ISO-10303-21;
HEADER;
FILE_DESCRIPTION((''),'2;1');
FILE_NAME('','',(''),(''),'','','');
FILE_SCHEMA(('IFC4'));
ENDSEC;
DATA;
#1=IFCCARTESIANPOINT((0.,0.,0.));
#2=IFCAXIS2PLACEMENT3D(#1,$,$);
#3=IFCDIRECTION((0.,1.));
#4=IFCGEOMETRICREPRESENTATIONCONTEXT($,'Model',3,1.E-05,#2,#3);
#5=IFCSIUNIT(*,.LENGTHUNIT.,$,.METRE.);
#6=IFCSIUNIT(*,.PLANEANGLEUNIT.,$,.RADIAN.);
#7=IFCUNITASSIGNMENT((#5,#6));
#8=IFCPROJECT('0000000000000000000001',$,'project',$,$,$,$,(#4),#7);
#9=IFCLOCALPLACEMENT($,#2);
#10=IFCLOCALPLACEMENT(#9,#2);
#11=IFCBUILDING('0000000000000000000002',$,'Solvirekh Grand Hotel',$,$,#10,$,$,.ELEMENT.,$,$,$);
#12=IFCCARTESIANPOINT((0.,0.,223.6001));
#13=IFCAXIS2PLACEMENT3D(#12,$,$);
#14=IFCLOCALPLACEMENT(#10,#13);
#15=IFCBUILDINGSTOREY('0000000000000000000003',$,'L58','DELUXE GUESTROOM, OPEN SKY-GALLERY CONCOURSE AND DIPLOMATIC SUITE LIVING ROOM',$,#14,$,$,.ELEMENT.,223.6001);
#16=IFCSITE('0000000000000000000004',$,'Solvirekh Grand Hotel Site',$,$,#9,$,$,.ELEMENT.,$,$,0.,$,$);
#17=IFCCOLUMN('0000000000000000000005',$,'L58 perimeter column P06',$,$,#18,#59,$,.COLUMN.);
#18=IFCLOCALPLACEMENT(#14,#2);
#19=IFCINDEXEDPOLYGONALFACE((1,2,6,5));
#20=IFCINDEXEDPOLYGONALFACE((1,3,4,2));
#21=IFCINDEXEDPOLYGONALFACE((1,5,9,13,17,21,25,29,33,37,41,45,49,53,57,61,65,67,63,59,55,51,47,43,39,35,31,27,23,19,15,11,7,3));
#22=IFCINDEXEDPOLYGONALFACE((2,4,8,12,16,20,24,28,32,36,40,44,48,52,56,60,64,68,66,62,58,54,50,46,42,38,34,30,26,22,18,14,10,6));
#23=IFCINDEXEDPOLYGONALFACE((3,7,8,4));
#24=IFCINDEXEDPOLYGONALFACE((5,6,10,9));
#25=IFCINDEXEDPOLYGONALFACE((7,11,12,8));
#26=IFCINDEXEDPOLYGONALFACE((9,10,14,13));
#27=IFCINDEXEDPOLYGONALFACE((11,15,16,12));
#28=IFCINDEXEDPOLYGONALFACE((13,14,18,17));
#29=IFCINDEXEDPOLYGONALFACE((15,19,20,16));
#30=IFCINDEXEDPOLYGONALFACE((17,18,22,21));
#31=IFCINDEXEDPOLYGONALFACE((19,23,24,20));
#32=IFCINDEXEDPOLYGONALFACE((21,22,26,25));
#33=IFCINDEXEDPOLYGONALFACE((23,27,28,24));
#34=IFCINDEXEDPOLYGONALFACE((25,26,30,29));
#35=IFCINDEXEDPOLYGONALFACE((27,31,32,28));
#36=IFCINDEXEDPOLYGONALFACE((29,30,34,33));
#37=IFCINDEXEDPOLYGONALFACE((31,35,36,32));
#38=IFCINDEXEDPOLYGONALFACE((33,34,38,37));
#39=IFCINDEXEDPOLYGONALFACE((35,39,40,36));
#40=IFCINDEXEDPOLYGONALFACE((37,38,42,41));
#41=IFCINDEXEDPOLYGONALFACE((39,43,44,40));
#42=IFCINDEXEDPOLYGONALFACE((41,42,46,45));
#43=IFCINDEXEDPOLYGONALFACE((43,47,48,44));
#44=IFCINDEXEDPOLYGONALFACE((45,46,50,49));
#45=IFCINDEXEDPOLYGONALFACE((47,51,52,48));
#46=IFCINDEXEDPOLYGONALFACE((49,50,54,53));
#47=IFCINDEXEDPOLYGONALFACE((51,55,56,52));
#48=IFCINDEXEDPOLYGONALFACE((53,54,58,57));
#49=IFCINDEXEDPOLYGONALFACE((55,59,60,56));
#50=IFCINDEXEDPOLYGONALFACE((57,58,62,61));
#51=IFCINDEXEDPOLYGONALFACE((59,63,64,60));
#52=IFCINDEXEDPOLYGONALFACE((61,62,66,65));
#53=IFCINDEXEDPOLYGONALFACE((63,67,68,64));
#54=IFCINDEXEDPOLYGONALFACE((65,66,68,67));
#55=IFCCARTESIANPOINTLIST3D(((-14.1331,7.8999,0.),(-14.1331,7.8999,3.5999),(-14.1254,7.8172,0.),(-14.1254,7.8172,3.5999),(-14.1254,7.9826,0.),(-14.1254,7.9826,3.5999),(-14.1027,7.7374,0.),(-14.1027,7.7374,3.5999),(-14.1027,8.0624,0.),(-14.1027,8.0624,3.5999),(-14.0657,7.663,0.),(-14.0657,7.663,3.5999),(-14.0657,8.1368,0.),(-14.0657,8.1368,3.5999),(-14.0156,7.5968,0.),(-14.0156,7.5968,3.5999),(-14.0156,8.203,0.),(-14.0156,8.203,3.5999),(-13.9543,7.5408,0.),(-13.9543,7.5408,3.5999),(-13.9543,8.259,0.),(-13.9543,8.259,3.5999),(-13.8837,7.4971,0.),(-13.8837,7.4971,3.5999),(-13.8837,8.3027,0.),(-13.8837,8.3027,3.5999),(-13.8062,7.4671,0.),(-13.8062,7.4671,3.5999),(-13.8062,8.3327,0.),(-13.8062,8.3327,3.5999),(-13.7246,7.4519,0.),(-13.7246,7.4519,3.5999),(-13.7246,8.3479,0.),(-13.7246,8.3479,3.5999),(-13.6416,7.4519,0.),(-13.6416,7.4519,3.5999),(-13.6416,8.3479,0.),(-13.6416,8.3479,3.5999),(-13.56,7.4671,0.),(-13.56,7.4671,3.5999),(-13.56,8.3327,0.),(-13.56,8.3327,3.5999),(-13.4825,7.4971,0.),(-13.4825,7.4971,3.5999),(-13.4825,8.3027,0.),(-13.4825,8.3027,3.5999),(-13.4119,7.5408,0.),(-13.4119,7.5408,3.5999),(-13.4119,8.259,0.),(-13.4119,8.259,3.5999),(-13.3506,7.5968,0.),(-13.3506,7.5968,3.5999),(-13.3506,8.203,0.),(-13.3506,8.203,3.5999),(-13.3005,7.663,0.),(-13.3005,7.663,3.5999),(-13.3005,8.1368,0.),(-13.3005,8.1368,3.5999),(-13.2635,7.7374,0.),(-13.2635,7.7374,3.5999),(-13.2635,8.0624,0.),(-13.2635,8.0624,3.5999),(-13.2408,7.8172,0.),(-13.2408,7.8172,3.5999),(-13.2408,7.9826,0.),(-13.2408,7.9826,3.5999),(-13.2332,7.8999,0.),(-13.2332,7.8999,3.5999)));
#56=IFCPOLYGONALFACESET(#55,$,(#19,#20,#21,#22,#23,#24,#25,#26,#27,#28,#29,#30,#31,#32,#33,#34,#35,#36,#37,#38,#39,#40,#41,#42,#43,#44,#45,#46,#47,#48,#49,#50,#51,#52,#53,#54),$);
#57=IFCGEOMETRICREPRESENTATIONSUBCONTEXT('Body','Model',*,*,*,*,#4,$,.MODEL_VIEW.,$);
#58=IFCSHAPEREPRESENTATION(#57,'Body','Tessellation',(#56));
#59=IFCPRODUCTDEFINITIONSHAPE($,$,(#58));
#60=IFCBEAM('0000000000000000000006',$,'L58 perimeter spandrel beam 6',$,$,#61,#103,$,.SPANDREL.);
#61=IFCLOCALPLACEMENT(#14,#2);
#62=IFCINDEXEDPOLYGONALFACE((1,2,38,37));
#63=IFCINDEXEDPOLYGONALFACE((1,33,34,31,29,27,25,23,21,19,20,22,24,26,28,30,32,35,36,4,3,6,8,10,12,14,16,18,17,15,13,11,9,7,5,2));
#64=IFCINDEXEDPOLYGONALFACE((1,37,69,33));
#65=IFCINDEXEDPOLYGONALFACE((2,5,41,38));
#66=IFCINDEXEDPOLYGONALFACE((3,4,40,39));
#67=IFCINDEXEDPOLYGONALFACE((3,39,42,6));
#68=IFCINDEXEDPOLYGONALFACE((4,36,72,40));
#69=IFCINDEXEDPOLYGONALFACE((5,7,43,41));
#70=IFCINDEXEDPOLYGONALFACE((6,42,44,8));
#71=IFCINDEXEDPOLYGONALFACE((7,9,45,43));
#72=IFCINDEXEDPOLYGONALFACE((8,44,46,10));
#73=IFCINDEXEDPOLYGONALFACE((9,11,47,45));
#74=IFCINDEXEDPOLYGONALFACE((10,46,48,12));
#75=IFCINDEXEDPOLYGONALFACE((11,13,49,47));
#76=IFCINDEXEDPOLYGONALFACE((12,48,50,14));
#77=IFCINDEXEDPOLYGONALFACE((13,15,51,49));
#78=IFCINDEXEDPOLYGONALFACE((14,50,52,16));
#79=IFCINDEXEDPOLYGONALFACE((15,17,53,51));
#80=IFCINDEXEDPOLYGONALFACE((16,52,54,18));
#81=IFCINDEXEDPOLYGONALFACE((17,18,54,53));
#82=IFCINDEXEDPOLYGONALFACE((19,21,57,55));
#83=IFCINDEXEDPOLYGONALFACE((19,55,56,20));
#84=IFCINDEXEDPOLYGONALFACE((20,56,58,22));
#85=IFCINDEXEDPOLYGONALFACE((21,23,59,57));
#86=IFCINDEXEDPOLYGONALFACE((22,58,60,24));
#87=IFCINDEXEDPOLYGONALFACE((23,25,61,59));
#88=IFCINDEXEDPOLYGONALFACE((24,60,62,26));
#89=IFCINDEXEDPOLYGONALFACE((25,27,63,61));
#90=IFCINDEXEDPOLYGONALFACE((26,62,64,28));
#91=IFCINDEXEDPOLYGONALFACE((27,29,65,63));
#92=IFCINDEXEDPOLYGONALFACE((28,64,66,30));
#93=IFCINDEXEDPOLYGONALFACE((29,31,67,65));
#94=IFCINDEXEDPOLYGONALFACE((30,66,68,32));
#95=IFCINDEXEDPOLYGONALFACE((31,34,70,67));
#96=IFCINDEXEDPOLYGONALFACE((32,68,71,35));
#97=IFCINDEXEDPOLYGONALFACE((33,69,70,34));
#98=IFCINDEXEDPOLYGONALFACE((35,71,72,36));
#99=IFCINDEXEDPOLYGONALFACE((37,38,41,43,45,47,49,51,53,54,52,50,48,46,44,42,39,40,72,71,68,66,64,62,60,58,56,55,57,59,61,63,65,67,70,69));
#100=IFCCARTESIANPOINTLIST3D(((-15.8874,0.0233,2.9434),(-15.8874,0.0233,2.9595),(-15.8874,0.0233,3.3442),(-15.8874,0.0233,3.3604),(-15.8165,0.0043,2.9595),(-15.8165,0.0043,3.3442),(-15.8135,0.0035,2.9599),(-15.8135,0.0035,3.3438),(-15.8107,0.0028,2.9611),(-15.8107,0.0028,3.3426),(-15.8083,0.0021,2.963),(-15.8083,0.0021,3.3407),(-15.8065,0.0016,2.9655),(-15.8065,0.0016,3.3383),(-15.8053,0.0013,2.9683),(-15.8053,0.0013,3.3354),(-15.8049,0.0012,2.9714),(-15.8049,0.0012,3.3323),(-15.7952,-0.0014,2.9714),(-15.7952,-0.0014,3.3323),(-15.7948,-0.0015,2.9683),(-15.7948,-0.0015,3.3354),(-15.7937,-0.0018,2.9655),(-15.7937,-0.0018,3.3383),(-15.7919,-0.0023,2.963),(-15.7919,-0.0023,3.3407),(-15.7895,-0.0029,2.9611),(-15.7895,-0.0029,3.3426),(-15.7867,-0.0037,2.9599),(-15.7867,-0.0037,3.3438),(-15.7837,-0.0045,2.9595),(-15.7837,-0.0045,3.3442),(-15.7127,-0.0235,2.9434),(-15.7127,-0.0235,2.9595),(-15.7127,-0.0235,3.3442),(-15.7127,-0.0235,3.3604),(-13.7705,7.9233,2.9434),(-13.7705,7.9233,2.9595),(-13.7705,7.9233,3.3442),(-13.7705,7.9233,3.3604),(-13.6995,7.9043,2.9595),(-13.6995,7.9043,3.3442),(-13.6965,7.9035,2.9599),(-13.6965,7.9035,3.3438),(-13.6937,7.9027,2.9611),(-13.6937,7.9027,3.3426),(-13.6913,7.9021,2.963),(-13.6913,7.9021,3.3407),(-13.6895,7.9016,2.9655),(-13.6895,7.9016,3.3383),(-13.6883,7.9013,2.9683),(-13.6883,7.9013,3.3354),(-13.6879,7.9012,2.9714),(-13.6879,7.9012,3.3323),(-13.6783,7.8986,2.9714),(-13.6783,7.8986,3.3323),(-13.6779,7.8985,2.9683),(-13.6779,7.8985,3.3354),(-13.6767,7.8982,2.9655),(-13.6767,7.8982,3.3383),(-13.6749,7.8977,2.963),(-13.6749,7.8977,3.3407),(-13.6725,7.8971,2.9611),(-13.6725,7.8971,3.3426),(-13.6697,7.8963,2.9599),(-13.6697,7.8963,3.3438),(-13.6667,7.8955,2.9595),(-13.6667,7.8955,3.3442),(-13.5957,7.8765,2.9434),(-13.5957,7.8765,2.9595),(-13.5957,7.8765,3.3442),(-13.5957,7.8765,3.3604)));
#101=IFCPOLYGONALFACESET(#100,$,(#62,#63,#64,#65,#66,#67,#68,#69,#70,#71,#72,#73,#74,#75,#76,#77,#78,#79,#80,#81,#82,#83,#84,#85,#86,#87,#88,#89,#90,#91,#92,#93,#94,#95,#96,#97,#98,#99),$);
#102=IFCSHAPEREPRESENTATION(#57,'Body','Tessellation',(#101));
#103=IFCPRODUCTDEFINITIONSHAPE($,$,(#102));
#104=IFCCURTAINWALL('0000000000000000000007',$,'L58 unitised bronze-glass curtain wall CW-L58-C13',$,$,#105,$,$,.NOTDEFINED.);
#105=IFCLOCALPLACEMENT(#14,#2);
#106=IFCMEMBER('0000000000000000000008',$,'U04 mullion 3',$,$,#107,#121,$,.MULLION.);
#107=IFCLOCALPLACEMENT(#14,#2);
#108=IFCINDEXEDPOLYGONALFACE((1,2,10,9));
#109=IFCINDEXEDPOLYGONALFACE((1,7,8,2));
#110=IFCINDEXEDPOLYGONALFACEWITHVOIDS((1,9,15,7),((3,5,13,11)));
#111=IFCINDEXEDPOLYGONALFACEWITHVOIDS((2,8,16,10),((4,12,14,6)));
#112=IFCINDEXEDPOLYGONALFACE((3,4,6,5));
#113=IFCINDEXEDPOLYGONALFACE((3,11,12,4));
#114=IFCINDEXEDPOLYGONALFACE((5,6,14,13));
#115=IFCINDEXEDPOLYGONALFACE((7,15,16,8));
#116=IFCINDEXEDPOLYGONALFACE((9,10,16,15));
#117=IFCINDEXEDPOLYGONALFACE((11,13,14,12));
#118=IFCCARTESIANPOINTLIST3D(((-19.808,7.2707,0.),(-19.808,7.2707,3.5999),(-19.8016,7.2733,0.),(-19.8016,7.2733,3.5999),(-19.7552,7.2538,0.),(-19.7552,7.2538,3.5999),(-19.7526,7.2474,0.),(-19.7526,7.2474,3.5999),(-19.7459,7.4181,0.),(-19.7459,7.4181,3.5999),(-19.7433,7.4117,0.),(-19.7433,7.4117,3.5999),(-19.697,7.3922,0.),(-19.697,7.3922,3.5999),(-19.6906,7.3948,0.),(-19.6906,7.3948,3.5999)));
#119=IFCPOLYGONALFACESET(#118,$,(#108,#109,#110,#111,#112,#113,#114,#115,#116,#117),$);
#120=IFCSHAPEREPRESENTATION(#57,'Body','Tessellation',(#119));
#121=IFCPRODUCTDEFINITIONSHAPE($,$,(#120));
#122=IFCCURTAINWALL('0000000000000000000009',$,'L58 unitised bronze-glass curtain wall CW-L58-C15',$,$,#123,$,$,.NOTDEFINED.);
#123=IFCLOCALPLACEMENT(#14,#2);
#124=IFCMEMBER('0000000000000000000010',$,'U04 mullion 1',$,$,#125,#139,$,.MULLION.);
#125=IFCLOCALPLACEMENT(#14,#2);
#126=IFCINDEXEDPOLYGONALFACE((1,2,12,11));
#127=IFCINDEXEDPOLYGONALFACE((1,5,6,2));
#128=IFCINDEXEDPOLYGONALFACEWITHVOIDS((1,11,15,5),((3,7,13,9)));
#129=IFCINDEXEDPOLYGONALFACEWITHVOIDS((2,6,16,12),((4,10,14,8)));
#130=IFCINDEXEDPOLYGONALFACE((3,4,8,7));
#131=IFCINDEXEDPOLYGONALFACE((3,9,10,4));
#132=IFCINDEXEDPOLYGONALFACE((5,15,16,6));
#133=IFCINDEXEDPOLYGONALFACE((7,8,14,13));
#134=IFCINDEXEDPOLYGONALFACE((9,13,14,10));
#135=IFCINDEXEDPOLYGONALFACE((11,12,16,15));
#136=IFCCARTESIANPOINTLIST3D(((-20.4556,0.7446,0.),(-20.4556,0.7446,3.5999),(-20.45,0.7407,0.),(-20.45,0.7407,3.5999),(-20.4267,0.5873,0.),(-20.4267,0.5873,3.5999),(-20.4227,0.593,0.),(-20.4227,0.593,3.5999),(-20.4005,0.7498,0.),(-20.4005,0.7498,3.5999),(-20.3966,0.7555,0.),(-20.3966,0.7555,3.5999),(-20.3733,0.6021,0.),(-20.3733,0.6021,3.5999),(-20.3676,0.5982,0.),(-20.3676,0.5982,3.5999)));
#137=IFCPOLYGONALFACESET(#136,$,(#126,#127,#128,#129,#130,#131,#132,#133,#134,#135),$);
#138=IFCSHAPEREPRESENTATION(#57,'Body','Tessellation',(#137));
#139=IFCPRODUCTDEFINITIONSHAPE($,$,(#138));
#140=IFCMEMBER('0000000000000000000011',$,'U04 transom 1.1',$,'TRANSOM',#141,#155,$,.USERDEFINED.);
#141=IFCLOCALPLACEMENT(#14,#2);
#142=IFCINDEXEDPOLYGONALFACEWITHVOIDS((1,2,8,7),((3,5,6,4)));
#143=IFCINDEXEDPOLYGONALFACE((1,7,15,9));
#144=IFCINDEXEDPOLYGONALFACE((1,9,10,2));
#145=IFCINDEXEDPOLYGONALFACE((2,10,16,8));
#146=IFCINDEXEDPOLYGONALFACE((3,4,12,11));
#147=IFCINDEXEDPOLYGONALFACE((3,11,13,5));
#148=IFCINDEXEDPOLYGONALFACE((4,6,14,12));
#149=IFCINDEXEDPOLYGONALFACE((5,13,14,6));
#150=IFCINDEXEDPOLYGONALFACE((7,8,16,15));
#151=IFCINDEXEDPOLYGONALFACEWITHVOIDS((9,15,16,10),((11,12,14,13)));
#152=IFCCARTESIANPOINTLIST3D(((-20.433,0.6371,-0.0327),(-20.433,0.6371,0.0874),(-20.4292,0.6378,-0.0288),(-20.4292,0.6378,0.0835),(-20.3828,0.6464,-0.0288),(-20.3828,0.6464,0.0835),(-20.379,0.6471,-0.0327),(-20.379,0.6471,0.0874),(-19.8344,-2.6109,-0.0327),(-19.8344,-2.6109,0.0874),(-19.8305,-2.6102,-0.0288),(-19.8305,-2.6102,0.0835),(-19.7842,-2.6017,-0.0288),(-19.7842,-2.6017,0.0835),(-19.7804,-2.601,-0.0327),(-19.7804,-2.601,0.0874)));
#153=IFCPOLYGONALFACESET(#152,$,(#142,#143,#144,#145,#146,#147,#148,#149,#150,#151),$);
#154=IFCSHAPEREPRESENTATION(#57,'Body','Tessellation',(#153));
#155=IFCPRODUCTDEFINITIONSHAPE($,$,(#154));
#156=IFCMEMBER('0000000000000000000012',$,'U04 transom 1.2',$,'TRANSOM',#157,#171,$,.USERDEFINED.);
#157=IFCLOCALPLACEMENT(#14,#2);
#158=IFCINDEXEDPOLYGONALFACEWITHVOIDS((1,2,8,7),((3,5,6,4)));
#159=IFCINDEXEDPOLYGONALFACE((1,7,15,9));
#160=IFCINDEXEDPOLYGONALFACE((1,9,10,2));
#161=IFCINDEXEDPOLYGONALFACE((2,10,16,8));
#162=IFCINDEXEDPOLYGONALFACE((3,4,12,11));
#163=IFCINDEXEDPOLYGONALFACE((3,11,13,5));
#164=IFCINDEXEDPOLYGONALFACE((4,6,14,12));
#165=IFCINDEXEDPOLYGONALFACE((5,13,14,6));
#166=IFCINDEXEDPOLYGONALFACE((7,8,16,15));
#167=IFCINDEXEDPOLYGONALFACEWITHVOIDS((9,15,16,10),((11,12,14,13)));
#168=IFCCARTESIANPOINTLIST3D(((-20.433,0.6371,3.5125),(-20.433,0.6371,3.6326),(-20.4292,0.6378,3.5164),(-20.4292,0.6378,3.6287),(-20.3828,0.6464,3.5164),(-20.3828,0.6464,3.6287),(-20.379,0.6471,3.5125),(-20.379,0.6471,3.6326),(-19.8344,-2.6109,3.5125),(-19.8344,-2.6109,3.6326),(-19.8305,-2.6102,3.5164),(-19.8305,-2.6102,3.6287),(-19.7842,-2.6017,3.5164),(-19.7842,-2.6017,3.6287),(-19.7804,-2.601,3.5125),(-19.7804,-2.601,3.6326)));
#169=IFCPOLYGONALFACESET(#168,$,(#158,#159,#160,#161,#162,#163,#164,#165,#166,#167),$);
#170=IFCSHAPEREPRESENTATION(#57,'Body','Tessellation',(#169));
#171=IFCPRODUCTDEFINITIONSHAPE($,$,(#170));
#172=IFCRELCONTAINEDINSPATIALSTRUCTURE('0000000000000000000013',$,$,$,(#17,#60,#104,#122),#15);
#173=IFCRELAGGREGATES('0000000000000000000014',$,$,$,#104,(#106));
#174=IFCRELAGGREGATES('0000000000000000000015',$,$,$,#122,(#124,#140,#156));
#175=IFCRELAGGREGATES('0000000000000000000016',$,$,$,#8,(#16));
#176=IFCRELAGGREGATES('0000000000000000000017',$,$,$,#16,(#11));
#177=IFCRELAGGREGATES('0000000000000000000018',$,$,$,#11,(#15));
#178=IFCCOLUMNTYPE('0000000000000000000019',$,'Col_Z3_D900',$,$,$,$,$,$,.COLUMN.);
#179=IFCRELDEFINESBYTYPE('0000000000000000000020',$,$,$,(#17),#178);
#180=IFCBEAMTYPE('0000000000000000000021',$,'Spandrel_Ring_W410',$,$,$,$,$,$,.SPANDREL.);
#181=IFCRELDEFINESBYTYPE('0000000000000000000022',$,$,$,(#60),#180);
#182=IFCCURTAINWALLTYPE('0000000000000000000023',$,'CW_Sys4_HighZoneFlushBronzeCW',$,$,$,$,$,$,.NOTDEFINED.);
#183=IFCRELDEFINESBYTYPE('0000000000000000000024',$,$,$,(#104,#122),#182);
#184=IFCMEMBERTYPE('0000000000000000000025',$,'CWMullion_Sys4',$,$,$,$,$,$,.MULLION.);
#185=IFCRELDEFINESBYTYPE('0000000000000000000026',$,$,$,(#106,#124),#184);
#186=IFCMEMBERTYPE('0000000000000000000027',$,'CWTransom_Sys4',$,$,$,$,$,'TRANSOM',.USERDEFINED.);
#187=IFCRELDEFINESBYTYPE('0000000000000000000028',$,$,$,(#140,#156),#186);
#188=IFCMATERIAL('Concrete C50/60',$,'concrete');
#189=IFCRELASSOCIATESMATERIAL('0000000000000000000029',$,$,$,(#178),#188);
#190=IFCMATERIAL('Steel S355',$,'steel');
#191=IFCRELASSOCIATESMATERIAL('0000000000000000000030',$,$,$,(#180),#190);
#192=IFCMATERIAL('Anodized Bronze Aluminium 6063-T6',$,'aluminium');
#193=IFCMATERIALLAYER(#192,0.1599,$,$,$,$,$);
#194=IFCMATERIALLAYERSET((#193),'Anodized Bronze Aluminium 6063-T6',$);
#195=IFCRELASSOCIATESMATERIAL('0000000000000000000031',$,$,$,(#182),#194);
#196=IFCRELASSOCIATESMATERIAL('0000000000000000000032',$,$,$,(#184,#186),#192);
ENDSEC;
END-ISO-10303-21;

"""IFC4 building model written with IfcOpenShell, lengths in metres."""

from ifc_helpers import new_model, si_unit, direction, frame, origin, origin_2d, place, context, subcontext, project, spatial, hollow_rectangle, circle, i_section, extrude, source, transform, mapped, material, layer, layer_set, material_profile, profile_set, type_object, element, aggregate, save


model = new_model("IFC4")

# Units and contexts
model_context = context("Model", 3, precision=1e-05, world=origin(), true_north=direction((0.0, 1.0)))
body_context = subcontext(model_context, "Body", "Model", "MODEL_VIEW")
ifc_project = project(units=[si_unit("LENGTHUNIT", "METRE"), si_unit("PLANEANGLEUNIT", "RADIAN")], contexts=[model_context])

# Site, building, storey
site_placement = place(None, origin())
site = spatial("IfcSite", under=ifc_project, at=site_placement, Name="Solvirekh Grand Hotel Site", CompositionType="ELEMENT", RefElevation=0.0)
building_placement = place(site_placement, origin())
building = spatial("IfcBuilding", under=site, at=building_placement, Name="Solvirekh Grand Hotel", CompositionType="ELEMENT")
storey_placement = place(building_placement, frame((0.0, 0.0, 223.6001)))
storey = spatial("IfcBuildingStorey", under=building, at=storey_placement, Name="L58", Description="DELUXE GUESTROOM, OPEN SKY-GALLERY CONCOURSE AND DIPLOMATIC SUITE LIVING ROOM", CompositionType="ELEMENT", Elevation=223.6001)

# Column
ifc_material_1 = material(Name="Concrete C50/60", Category="concrete")
ifc_material_profile_1 = material_profile(ifc_material_1, circle(Radius=0.45, at=origin_2d()), Name="RC CIRC D900")
ifc_profile_set_1 = profile_set([ifc_material_profile_1], Name="Concrete C50/60")
column_type = type_object("IfcColumnType", Name="Col_Z3_D900", PredefinedType="COLUMN", material=ifc_profile_set_1)
column_placement = place(storey_placement, frame((-13.6831, 7.8999, 0.0), z_axis=(0.0, 0.0, 1.0), x_axis=(1.0, 0.0, 0.0)))
element("IfcColumn", 1, at=column_placement, inside=storey, type_object=column_type, Name="L58 perimeter column P06", PredefinedType="COLUMN", context=body_context, shape_type="SweptSolid", body=[
    extrude(circle(Radius=0.45, at=origin_2d()), origin(), (0.0, 0.0, 1.0), 3.5999),
])

# Beam
ifc_material_2 = material(Name="Steel S355", Category="steel")
ifc_material_profile_2 = material_profile(ifc_material_2, i_section(OverallWidth=0.1809, OverallDepth=0.417, WebThickness=0.01, FlangeThickness=0.0161, FilletRadius=0.012, at=origin_2d()), Name="W410X85")
ifc_profile_set_2 = profile_set([ifc_material_profile_2], Name="Steel S355")
beam_type = type_object("IfcBeamType", Name="Spandrel_Ring_W410", PredefinedType="SPANDREL", material=ifc_profile_set_2)
beam_placement = place(storey_placement, frame((-13.6831, 7.8999, 3.1519), z_axis=(-0.258839, -0.965921, 0.0), x_axis=(0.965921, -0.258839, 0.0)))
element("IfcBeam", 2, at=beam_placement, inside=storey, type_object=beam_type, Name="L58 perimeter spandrel beam 6", PredefinedType="SPANDREL", context=body_context, shape_type="SweptSolid", body=[
    extrude(i_section(OverallWidth=0.1809, OverallDepth=0.417, WebThickness=0.01, FlangeThickness=0.0161, FilletRadius=0.012, at=origin_2d()), origin(), (0.0, 0.0, 1.0), 8.1787),
])

# Curtain wall, member
ifc_material_3 = material(Name="Anodized Bronze Aluminium 6063-T6", Category="aluminium")
ifc_layer_1 = layer(ifc_material_3, 0.1599)
ifc_layer_set_1 = layer_set([ifc_layer_1], Name="Anodized Bronze Aluminium 6063-T6")
curtain_wall_type = type_object("IfcCurtainWallType", Name="CW_Sys4_HighZoneFlushBronzeCW", PredefinedType="NOTDEFINED", material=ifc_layer_set_1)
curtain_wall_1_placement = place(storey_placement, origin())
curtain_wall_1 = element("IfcCurtainWall", 3, at=curtain_wall_1_placement, inside=storey, type_object=curtain_wall_type, Name="L58 unitised bronze-glass curtain wall CW-L58-C13", PredefinedType="NOTDEFINED")
ifc_material_profile_3 = material_profile(ifc_material_3, hollow_rectangle(XDim=0.0601, YDim=0.1599, WallThickness=0.0049, at=origin_2d()), Name="ALU RHS 160X60X5")
ifc_profile_set_3 = profile_set([ifc_material_profile_3], Name="Anodized Bronze Aluminium 6063-T6")
member_type_1 = type_object("IfcMemberType", Name="CWMullion_Sys4", PredefinedType="MULLION", material=ifc_profile_set_3)
shared_shape_1 = source(origin(), body_context, "Body", "SweptSolid", [
    extrude(hollow_rectangle(XDim=0.0601, YDim=0.1599, WallThickness=0.0049, at=origin_2d()), origin(), (0.0, 0.0, 1.0), 3.5999),
])
member_1_placement = place(storey_placement, frame((-19.7493, 7.3328, 0.0), z_axis=(0.0, 0.0, 1.0), x_axis=(0.921724, -0.387847, 0.0)))
member_1 = element("IfcMember", 4, at=member_1_placement, type_object=member_type_1, Name="U04 mullion 3", PredefinedType="MULLION", context=body_context, shape_type="MappedRepresentation", body=[
    mapped(shared_shape_1, transform((0.0, 0.0, 0.0), x_axis=(1.0, 0.0, 0.0), y_axis=(0.0, 1.0, 0.0), z_axis=(0.0, 0.0, 1.0), scale=1.0)),
])
aggregate(curtain_wall_1, [member_1])

# Curtain wall, members
curtain_wall_2_placement = place(storey_placement, origin())
curtain_wall_2 = element("IfcCurtainWall", 5, at=curtain_wall_2_placement, inside=storey, type_object=curtain_wall_type, Name="L58 unitised bronze-glass curtain wall CW-L58-C15", PredefinedType="NOTDEFINED")
member_2_placement = place(storey_placement, frame((-20.4116, 0.6714, 0.0), z_axis=(0.0, 0.0, 1.0), x_axis=(0.983433, 0.181271, 0.0)))
member_2 = element("IfcMember", 6, at=member_2_placement, type_object=member_type_1, Name="U04 mullion 1", PredefinedType="MULLION", context=body_context, shape_type="MappedRepresentation", body=[
    mapped(shared_shape_1, transform((0.0, 0.0, 0.0), x_axis=(1.0, 0.0, 0.0), y_axis=(0.0, 1.0, 0.0), z_axis=(0.0, 0.0, 1.0), scale=1.0)),
])
ifc_material_profile_4 = material_profile(ifc_material_3, hollow_rectangle(XDim=0.0549, YDim=0.1201, WallThickness=0.0039, at=origin_2d()), Name="ALU RHS 120X55X4")
ifc_profile_set_4 = profile_set([ifc_material_profile_4], Name="Anodized Bronze Aluminium 6063-T6")
member_type_2 = type_object("IfcMemberType", Name="CWTransom_Sys4", ElementType="TRANSOM", PredefinedType="USERDEFINED", material=ifc_profile_set_4)
shared_shape_2 = source(origin(), body_context, "Body", "SweptSolid", [
    extrude(hollow_rectangle(XDim=0.0549, YDim=0.1201, WallThickness=0.0039, at=origin_2d()), origin(), (0.0, 0.0, 1.0), 3.3027),
])
member_3_placement = place(storey_placement, frame((-20.406, 0.6421, 0.0273), z_axis=(0.181253, -0.983437, 0.0), x_axis=(0.983437, 0.181253, 0.0)))
member_3 = element("IfcMember", 7, at=member_3_placement, type_object=member_type_2, Name="U04 transom 1.1", ObjectType="TRANSOM", PredefinedType="USERDEFINED", context=body_context, shape_type="MappedRepresentation", body=[
    mapped(shared_shape_2, transform((0.0, 0.0, 0.0), x_axis=(1.0, 0.0, 0.0), y_axis=(0.0, 1.0, 0.0), z_axis=(0.0, 0.0, 1.0), scale=1.0)),
])
member_4_placement = place(storey_placement, frame((-20.406, 0.6421, 3.5725), z_axis=(0.181253, -0.983437, 0.0), x_axis=(0.983437, 0.181253, 0.0)))
member_4 = element("IfcMember", 8, at=member_4_placement, type_object=member_type_2, Name="U04 transom 1.2", ObjectType="TRANSOM", PredefinedType="USERDEFINED", context=body_context, shape_type="MappedRepresentation", body=[
    mapped(shared_shape_2, transform((0.0, 0.0, 0.0), x_axis=(1.0, 0.0, 0.0), y_axis=(0.0, 1.0, 0.0), z_axis=(0.0, 0.0, 1.0), scale=1.0)),
])
aggregate(curtain_wall_2, [member_2, member_3, member_4])

save(model, "model.ifc")
